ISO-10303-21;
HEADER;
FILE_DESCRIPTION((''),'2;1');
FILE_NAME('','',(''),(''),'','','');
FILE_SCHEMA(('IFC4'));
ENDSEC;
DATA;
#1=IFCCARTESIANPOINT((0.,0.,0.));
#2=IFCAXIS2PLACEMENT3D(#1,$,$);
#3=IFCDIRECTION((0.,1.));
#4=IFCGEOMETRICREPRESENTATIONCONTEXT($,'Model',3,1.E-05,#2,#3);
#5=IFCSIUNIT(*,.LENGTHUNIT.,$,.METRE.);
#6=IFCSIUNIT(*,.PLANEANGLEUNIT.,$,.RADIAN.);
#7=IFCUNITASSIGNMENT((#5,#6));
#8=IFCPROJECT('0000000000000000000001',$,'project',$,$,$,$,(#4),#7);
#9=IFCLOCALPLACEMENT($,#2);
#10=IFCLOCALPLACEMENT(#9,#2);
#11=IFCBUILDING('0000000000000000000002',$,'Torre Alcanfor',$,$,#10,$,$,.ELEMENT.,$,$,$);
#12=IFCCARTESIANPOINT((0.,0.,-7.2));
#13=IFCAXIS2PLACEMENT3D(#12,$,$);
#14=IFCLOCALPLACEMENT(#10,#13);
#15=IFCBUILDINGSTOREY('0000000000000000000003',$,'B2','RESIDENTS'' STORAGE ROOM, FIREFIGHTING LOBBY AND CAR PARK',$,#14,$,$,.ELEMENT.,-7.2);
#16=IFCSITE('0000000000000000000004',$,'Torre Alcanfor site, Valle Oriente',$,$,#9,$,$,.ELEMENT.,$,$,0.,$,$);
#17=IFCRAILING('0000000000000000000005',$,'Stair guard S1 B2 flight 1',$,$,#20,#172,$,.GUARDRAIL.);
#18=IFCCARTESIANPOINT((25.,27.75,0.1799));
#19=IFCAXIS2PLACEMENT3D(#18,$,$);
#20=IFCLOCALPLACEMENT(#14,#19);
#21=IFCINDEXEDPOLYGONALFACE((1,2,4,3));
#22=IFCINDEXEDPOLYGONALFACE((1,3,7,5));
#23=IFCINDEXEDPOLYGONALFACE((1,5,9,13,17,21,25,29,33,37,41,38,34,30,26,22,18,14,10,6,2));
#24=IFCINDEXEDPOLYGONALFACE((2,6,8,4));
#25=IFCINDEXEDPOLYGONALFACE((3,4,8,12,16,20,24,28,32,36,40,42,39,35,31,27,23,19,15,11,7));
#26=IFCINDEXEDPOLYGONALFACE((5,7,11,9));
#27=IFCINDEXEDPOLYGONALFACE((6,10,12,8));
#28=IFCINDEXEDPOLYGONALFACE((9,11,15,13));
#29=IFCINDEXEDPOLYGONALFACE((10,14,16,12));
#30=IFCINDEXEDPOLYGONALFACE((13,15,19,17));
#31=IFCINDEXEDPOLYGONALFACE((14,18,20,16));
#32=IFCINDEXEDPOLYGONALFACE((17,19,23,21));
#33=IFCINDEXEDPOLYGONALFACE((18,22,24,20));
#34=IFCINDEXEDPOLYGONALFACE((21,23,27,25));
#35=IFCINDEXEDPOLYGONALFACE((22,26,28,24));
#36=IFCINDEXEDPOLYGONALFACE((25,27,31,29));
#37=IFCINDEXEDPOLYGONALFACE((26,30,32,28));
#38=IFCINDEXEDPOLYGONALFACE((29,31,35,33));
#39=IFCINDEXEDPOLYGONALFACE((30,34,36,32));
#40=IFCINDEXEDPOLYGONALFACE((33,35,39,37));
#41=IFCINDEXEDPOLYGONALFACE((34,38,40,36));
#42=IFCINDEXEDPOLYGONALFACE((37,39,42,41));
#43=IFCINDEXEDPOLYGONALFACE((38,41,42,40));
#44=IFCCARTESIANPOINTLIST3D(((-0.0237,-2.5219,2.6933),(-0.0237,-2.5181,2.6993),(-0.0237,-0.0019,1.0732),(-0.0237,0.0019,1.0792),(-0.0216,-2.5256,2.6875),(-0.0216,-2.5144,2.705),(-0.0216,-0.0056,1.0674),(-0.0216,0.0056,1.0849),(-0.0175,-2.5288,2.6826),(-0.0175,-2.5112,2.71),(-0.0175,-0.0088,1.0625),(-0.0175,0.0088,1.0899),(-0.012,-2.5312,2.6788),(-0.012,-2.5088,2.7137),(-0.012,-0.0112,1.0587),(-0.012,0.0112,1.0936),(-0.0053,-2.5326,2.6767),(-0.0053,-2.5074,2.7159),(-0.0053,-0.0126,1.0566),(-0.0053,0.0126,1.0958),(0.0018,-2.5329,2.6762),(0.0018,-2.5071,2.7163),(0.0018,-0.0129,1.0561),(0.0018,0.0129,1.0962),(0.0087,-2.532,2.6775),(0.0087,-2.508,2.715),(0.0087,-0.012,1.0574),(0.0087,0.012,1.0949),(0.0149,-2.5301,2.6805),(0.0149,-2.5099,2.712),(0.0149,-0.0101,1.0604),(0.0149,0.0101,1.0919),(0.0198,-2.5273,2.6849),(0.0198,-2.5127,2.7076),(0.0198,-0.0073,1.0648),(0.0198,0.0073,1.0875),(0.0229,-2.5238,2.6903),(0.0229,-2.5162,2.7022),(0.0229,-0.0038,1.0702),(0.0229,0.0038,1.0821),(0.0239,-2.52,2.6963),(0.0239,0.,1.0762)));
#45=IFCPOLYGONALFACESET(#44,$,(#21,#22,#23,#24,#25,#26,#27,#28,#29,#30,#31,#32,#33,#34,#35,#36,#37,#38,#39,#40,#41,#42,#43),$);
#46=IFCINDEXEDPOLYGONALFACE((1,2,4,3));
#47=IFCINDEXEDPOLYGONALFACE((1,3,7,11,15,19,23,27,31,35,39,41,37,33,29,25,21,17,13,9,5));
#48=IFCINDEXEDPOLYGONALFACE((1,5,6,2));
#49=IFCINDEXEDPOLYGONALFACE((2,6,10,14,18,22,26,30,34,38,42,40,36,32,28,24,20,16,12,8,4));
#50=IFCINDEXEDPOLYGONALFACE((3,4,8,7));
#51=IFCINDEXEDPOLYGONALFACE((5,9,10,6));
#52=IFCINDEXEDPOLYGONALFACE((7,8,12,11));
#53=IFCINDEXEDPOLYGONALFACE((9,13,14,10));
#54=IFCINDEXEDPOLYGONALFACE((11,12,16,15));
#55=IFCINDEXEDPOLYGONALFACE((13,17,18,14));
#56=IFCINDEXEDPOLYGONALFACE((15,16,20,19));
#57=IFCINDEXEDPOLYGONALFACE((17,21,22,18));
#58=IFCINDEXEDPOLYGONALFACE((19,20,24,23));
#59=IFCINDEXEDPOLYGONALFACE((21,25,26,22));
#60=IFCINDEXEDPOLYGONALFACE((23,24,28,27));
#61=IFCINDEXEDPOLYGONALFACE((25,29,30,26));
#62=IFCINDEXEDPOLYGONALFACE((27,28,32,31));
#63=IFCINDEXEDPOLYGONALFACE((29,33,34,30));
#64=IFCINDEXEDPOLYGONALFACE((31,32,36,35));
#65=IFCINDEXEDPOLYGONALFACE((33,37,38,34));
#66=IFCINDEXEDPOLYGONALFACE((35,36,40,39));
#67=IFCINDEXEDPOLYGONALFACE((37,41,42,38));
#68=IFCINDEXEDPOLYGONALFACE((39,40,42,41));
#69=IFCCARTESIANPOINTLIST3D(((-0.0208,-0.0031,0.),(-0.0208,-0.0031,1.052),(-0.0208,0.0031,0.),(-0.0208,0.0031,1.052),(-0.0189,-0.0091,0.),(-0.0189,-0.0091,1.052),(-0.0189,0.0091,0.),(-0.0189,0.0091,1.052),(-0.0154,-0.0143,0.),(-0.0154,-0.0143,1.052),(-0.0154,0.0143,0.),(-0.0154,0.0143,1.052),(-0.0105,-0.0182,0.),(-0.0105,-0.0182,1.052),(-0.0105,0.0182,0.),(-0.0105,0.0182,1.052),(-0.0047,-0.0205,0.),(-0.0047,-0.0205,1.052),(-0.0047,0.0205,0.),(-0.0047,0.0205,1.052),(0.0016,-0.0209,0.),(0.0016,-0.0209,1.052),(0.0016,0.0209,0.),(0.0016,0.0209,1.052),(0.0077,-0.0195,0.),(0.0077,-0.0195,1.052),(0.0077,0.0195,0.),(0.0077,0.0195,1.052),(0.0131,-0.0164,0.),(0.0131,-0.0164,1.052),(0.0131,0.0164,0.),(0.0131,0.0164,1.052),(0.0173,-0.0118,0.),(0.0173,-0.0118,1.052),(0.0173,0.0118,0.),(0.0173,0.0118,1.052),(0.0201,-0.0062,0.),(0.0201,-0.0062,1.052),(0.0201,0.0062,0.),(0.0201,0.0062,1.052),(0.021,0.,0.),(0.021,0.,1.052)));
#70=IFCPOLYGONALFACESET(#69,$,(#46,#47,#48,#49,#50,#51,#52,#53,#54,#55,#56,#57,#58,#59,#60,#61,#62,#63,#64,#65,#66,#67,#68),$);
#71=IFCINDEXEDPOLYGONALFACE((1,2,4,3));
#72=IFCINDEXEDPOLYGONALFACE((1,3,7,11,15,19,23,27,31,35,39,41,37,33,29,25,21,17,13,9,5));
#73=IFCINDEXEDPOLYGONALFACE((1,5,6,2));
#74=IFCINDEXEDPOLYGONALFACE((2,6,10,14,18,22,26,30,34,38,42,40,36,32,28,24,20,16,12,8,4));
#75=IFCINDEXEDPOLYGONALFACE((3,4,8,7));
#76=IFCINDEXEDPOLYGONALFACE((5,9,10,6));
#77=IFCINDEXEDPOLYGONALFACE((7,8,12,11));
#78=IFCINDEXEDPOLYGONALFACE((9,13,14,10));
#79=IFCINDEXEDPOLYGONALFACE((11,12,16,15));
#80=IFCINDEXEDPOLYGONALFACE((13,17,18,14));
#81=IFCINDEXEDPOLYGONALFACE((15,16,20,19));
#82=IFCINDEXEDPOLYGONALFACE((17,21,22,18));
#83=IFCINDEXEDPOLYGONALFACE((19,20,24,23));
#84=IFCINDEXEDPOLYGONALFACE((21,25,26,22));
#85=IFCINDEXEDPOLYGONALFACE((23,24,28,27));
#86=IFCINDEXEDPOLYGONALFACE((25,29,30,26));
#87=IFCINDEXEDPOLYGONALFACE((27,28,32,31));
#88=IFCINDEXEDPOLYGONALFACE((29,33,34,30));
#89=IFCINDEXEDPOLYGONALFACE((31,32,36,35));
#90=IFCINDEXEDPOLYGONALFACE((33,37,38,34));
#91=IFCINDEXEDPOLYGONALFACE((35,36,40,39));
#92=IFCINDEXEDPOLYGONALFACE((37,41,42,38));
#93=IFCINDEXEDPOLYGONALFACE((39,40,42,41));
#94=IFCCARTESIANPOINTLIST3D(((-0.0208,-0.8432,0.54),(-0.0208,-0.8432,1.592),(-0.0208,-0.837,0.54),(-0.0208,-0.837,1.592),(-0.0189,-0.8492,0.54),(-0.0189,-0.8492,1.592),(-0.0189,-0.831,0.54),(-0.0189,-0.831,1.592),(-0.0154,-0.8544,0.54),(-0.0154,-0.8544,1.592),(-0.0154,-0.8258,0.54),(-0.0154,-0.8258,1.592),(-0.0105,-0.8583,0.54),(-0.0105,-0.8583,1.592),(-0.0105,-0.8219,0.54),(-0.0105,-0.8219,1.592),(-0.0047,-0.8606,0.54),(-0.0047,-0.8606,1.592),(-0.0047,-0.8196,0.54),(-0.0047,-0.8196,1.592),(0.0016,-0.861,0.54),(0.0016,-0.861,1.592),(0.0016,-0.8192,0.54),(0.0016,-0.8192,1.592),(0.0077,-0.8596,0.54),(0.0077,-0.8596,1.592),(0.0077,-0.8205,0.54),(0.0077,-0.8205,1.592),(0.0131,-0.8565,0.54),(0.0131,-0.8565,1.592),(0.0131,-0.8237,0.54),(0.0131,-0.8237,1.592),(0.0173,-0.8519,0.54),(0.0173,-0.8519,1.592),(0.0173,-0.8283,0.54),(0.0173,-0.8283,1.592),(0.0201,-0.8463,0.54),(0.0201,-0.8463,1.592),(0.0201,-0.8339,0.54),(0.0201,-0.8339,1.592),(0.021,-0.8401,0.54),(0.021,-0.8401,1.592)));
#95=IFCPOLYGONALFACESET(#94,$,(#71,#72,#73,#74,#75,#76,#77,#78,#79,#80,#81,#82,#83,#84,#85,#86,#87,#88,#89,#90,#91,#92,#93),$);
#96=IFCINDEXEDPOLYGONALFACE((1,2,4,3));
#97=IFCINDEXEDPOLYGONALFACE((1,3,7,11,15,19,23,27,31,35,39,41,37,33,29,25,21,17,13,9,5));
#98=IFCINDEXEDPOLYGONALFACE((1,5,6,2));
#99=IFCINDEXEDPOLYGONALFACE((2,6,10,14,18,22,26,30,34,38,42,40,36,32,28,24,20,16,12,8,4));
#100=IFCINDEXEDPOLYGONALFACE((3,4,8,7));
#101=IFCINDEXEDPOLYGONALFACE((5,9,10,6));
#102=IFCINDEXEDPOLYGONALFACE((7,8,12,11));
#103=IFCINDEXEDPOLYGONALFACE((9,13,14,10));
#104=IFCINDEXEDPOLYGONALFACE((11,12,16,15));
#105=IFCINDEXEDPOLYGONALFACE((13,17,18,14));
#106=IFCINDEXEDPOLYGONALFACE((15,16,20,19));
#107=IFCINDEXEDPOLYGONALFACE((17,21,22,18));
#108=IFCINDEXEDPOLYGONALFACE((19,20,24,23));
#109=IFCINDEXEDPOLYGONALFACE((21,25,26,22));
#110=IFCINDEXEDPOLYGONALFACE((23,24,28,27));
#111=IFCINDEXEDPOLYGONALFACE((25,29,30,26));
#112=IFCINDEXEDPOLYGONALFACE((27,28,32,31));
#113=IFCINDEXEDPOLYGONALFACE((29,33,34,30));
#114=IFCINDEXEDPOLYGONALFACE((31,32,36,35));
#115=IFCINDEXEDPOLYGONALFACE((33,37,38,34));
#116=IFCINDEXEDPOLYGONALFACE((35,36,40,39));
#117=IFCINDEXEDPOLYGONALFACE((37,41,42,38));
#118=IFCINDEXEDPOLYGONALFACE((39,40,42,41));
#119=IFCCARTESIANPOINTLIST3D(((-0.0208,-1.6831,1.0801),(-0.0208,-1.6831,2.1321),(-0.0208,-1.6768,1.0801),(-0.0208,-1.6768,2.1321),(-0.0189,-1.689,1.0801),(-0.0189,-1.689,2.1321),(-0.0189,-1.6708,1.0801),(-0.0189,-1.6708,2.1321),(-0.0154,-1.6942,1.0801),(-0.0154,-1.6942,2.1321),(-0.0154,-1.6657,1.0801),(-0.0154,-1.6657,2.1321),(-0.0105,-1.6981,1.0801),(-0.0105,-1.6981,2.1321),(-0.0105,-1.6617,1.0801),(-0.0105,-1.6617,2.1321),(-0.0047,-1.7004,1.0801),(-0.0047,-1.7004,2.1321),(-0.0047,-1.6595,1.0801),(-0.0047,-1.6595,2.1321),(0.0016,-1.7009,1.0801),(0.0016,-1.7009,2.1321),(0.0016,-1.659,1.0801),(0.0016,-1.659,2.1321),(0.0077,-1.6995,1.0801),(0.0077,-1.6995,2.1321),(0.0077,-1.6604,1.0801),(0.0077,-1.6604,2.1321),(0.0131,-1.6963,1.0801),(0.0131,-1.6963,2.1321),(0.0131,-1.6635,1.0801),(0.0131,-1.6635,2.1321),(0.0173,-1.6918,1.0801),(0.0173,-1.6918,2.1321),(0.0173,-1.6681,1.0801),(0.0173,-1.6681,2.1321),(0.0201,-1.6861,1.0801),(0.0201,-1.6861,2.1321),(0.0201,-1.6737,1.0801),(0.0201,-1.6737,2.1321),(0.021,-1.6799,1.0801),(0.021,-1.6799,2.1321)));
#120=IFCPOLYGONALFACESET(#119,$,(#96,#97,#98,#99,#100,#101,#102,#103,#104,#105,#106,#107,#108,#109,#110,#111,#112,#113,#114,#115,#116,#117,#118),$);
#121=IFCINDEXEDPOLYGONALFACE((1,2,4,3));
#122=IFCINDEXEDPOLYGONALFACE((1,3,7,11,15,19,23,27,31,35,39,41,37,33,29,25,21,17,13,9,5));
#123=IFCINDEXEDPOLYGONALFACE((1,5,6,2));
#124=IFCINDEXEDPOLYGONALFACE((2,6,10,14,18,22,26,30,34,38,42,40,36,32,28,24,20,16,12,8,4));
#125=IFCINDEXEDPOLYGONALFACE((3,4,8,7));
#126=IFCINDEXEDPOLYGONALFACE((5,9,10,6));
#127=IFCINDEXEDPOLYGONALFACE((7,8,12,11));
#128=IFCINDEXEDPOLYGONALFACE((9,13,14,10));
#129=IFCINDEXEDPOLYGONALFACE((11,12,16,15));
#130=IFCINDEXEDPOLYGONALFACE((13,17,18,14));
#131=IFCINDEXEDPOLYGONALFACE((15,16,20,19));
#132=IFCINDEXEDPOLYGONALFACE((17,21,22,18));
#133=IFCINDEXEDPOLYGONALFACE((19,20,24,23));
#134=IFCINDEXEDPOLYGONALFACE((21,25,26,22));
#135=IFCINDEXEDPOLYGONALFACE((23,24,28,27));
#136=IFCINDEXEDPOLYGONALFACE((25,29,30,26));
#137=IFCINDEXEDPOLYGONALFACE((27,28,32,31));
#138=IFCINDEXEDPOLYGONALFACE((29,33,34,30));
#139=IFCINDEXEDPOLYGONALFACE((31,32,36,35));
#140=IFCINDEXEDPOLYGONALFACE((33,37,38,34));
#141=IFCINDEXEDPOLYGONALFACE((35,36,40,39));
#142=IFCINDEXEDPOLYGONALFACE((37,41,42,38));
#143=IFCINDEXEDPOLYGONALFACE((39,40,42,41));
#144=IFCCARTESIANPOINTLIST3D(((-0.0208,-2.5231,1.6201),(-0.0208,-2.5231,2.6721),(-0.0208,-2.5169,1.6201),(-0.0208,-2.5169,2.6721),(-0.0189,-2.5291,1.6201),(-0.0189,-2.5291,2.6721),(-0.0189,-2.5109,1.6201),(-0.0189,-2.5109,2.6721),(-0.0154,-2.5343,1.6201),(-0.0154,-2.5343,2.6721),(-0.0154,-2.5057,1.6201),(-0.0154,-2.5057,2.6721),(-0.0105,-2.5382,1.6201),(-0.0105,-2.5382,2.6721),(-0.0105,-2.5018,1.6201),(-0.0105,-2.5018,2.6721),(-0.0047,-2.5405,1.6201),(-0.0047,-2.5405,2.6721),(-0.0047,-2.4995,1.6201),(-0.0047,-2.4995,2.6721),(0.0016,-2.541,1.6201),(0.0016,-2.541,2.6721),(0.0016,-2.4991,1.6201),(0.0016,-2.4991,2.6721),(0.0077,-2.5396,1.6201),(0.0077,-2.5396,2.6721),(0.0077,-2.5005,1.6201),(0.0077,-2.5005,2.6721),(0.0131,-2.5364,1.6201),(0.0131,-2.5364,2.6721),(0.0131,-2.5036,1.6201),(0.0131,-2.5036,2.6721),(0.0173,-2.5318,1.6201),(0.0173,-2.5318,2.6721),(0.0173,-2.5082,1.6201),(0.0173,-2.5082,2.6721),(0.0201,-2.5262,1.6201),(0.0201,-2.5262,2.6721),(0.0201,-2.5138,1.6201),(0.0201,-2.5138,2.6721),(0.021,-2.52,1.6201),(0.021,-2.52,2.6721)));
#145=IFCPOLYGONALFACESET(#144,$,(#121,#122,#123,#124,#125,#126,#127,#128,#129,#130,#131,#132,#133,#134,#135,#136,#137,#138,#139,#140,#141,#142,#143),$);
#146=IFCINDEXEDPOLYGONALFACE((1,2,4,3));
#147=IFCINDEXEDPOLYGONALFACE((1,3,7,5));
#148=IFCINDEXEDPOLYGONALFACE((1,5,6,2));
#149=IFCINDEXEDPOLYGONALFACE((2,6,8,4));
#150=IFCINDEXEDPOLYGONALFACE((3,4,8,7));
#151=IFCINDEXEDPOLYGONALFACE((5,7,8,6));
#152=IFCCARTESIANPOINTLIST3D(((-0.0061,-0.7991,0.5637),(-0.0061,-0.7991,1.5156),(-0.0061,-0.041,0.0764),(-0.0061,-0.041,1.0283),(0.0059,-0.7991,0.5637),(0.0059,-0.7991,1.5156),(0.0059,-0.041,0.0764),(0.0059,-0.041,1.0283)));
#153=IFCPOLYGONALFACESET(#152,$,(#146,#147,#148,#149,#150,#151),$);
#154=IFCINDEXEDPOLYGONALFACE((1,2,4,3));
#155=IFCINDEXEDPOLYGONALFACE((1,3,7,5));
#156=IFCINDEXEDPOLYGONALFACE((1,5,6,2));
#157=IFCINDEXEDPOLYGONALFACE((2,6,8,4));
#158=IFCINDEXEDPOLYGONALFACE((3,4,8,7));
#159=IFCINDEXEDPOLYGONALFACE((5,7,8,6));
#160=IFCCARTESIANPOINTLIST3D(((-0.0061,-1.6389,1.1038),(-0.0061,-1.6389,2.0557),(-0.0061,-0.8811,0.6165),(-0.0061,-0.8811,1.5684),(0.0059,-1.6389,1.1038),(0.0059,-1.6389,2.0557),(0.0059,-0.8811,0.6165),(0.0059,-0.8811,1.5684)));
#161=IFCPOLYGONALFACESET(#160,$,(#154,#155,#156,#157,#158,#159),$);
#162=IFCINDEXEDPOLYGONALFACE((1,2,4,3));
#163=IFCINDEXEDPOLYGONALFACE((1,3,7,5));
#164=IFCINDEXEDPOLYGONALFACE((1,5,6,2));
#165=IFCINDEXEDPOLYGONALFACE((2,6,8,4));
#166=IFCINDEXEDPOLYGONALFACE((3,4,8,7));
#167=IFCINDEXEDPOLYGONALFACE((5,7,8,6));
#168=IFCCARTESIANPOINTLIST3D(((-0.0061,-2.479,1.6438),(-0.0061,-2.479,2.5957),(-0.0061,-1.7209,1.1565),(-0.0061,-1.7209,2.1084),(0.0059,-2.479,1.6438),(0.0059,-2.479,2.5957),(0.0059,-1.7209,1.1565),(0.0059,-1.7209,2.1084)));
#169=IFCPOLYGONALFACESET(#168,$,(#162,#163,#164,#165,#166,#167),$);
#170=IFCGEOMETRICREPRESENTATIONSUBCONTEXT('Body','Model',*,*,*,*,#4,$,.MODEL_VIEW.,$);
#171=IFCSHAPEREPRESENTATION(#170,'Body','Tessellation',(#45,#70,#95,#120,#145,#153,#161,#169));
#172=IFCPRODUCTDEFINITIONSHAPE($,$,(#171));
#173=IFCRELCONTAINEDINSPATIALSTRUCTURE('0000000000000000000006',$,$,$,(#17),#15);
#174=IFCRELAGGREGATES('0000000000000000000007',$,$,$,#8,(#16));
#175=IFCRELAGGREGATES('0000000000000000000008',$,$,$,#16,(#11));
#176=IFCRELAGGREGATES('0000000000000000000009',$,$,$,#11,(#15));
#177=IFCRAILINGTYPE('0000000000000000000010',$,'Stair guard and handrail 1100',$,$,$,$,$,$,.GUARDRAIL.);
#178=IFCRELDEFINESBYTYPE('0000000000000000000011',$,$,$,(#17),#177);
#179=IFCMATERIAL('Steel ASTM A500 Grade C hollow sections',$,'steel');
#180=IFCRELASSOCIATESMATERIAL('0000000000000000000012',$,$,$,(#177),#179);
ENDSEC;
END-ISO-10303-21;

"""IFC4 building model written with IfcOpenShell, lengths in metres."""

from ifc_helpers import new_model, si_unit, direction, frame, origin, origin_2d, place, context, subcontext, project, spatial, polyline, circle, outline, extrude, material, type_object, element, save


model = new_model("IFC4")

# Units and contexts
model_context = context("Model", 3, precision=1e-05, world=origin(), true_north=direction((0.0, 1.0)))
body_context = subcontext(model_context, "Body", "Model", "MODEL_VIEW")
ifc_project = project(units=[si_unit("LENGTHUNIT", "METRE"), si_unit("PLANEANGLEUNIT", "RADIAN")], contexts=[model_context])

# Site, building, storey
site_placement = place(None, origin())
site = spatial("IfcSite", under=ifc_project, at=site_placement, Name="Torre Alcanfor site, Valle Oriente", CompositionType="ELEMENT", RefElevation=0.0)
building_placement = place(site_placement, origin())
building = spatial("IfcBuilding", under=site, at=building_placement, Name="Torre Alcanfor", CompositionType="ELEMENT")
storey_placement = place(building_placement, frame((0.0, 0.0, -7.2)))
storey = spatial("IfcBuildingStorey", under=building, at=storey_placement, Name="B2", Description="RESIDENTS' STORAGE ROOM, FIREFIGHTING LOBBY AND CAR PARK", CompositionType="ELEMENT", Elevation=-7.2)

# Railing
ifc_material_1 = material(Name="Steel ASTM A500 Grade C hollow sections", Category="steel")
railing_type_1 = type_object("IfcRailingType", Name="Stair guard and handrail 1100", PredefinedType="GUARDRAIL", material=ifc_material_1)
railing_1_placement = place(storey_placement, frame((25.0, 27.75, 0.1799)))
element("IfcRailing", 1, at=railing_1_placement, inside=storey, type_object=railing_type_1, Name="Stair guard S1 B2 flight 1", PredefinedType="GUARDRAIL", context=body_context, shape_type="SweptSolid", body=[
    extrude(circle(Radius=0.0239, at=origin_2d()), frame((0.0, 0.0, 1.0762), z_axis=(0.0, -0.841163, 0.540782), x_axis=(1.0, 0.0, 0.0)), (0.0, 0.0, 1.0), 2.9958),
    extrude(circle(Radius=0.021, at=origin_2d()), origin(), (0.0, 0.0, 1.0), 1.052),
    extrude(circle(Radius=0.021, at=origin_2d()), frame((0.0, -0.8401, 0.54)), (0.0, 0.0, 1.0), 1.052),
    extrude(circle(Radius=0.021, at=origin_2d()), frame((0.0, -1.6799, 1.0801)), (0.0, 0.0, 1.0), 1.052),
    extrude(circle(Radius=0.021, at=origin_2d()), frame((0.0, -2.52, 1.6201)), (0.0, 0.0, 1.0), 1.052),
    extrude(outline(polyline([(0.041, 0.0764), (0.7991, 0.5637), (0.7991, 1.5156), (0.041, 1.0283), (0.041, 0.0764)])), frame((0.0059, 0.0, 0.0), z_axis=(-1.0, 0.0, 0.0), x_axis=(0.0, -1.0, 0.0)), (0.0, 0.0, 1.0), 0.012),
    extrude(outline(polyline([(0.8811, 0.6165), (1.6389, 1.1038), (1.6389, 2.0557), (0.8811, 1.5684), (0.8811, 0.6165)])), frame((0.0059, 0.0, 0.0), z_axis=(-1.0, 0.0, 0.0), x_axis=(0.0, -1.0, 0.0)), (0.0, 0.0, 1.0), 0.012),
    extrude(outline(polyline([(1.7209, 1.1565), (2.479, 1.6438), (2.479, 2.5957), (1.7209, 2.1084), (1.7209, 1.1565)])), frame((0.0059, 0.0, 0.0), z_axis=(-1.0, 0.0, 0.0), x_axis=(0.0, -1.0, 0.0)), (0.0, 0.0, 1.0), 0.012),
])

save(model, "model.ifc")
